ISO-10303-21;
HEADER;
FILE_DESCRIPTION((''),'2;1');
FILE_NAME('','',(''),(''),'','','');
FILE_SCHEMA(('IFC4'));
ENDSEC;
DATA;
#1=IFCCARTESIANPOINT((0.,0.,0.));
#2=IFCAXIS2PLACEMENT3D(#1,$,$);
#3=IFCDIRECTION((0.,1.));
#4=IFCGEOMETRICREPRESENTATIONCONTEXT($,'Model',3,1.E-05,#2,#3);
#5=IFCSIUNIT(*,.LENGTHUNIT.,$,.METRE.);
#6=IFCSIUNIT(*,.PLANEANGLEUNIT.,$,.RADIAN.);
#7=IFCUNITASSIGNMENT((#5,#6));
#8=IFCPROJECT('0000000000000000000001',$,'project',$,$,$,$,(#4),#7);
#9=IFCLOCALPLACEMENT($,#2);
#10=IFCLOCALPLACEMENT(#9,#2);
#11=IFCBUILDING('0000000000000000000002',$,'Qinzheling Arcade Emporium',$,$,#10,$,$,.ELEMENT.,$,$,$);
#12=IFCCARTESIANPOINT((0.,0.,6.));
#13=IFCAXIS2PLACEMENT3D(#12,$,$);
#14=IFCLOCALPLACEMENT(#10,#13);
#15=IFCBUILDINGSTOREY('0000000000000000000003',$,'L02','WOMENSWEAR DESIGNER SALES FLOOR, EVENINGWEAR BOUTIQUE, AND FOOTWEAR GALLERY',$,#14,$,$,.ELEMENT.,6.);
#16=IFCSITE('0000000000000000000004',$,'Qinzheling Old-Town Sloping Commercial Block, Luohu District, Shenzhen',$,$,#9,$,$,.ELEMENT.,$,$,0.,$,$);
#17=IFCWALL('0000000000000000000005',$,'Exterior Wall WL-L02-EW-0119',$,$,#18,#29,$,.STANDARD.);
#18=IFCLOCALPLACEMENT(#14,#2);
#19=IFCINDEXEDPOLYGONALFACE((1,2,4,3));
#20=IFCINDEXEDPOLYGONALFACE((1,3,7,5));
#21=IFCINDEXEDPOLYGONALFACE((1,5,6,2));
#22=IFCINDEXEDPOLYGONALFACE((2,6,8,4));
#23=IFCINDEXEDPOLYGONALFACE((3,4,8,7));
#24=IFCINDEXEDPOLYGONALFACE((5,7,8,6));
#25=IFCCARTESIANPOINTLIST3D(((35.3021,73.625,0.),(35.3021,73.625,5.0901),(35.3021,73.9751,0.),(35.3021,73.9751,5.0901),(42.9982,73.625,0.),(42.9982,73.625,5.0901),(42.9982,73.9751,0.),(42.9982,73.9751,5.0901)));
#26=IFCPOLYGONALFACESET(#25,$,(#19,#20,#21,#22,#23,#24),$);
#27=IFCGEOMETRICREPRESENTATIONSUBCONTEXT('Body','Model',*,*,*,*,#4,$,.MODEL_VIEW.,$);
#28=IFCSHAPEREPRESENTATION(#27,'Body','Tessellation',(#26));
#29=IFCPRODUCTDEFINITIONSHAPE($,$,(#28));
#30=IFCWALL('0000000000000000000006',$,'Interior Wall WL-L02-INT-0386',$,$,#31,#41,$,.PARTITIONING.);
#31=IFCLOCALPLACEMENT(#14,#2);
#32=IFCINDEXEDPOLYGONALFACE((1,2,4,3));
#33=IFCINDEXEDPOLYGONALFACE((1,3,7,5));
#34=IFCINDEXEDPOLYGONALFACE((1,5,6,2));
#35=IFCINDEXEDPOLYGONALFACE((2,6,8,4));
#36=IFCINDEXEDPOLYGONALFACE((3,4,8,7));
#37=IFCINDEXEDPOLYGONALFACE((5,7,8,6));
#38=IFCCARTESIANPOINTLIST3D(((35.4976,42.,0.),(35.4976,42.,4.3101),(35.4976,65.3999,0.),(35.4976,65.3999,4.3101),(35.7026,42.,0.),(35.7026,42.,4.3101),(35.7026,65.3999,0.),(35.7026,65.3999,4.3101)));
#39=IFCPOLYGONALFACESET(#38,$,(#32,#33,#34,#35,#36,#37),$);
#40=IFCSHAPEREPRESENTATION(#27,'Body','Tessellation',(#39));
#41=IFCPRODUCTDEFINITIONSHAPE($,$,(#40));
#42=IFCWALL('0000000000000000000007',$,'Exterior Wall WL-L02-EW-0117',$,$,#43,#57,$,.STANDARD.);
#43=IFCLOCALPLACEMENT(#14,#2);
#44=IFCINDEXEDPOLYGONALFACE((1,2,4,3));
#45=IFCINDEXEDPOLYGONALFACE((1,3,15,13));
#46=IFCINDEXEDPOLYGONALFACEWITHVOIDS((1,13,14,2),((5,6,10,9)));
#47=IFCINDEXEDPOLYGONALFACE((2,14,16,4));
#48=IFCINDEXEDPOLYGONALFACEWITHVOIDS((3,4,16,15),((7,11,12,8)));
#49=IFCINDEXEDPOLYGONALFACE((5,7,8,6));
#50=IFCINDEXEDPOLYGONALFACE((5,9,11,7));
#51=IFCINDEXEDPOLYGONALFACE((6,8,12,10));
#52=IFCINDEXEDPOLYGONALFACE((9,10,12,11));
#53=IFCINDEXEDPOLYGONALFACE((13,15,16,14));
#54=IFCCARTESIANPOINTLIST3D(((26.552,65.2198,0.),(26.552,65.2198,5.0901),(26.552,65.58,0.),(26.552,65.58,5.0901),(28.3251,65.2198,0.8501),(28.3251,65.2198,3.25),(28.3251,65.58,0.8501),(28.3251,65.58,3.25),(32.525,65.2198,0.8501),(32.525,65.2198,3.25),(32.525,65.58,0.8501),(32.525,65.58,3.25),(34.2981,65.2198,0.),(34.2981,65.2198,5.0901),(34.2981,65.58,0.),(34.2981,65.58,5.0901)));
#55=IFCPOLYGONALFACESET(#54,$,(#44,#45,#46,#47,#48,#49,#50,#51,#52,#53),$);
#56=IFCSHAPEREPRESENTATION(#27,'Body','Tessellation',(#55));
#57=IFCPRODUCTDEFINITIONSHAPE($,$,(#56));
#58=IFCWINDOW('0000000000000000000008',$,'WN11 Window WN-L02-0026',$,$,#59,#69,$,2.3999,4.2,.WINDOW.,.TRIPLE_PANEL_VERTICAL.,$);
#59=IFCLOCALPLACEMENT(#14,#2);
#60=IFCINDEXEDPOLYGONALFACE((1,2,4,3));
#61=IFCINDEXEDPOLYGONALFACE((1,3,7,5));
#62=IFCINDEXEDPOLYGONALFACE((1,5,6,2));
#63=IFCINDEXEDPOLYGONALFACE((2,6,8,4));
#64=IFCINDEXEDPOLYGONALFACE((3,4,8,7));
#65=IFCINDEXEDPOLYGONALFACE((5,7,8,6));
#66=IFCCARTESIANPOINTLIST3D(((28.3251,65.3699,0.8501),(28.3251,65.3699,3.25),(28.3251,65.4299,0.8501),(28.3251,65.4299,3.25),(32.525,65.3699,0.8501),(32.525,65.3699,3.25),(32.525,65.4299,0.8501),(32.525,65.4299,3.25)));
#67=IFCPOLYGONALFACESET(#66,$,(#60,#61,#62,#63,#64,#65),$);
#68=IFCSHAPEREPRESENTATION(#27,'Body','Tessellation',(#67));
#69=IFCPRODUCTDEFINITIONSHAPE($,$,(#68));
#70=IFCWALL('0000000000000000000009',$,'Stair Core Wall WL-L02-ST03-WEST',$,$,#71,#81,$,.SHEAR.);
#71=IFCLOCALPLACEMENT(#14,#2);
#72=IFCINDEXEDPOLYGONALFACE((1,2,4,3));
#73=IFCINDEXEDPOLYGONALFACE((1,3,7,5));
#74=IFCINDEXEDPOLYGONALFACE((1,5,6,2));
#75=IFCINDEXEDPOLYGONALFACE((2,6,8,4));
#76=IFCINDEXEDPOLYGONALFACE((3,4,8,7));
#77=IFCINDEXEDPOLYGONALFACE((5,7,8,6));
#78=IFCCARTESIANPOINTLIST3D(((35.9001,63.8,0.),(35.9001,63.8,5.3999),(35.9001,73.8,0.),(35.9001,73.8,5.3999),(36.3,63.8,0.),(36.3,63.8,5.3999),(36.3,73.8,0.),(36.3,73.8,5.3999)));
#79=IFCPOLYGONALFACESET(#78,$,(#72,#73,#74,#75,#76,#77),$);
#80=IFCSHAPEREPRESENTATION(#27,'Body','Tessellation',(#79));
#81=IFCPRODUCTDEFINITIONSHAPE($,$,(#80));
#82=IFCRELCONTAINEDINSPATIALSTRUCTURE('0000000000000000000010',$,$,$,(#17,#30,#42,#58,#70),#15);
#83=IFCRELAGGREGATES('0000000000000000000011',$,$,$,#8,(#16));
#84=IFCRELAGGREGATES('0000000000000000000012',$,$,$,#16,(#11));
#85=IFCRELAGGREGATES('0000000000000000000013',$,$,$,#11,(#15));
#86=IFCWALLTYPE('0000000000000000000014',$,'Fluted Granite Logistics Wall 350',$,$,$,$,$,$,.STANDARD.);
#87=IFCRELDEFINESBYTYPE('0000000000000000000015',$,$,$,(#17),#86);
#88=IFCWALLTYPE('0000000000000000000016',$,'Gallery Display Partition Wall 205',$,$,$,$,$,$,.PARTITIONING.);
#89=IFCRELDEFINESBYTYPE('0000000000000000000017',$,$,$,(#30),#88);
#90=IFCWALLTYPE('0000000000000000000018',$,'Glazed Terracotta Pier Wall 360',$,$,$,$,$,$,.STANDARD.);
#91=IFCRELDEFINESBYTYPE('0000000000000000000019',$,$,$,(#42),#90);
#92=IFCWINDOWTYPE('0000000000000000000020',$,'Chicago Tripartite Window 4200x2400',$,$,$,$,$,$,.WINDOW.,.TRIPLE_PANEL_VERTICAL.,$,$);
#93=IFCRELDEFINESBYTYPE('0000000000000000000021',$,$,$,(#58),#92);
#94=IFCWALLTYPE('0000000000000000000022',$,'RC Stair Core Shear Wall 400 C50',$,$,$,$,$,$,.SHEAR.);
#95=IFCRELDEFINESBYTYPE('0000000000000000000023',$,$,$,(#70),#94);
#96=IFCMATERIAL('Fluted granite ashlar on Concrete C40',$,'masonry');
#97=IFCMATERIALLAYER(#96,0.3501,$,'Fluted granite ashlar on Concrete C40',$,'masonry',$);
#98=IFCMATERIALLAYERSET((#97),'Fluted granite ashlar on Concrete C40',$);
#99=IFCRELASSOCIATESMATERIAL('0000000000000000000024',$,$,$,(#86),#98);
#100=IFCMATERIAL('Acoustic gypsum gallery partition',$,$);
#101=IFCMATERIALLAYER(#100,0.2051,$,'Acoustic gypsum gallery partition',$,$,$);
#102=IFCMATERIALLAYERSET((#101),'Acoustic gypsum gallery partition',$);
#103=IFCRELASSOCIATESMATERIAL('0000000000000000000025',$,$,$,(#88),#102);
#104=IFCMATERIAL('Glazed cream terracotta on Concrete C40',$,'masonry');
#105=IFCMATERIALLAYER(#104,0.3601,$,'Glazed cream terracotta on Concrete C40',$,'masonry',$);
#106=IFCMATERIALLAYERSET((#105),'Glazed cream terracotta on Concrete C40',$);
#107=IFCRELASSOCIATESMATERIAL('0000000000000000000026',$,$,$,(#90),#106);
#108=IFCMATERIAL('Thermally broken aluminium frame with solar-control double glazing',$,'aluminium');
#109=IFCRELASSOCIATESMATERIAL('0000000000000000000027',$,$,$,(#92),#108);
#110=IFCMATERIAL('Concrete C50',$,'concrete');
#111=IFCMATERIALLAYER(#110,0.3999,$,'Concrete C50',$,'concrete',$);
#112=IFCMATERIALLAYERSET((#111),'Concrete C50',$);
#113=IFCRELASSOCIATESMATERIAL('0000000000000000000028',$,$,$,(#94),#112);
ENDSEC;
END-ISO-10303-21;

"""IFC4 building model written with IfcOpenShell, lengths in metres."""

from ifc_helpers import new_model, si_unit, direction, frame, frame_2d, origin, place, context, subcontext, project, spatial, rectangle, extrude, material, layer, layer_set, type_object, element, fill, save


model = new_model("IFC4")

# Units and contexts
model_context = context("Model", 3, precision=1e-05, world=origin(), true_north=direction((0.0, 1.0)))
body_context = subcontext(model_context, "Body", "Model", "MODEL_VIEW")
ifc_project = project(units=[si_unit("LENGTHUNIT", "METRE"), si_unit("PLANEANGLEUNIT", "RADIAN")], contexts=[model_context])

# Site, building, storey
site_placement = place(None, origin())
site = spatial("IfcSite", under=ifc_project, at=site_placement, Name="Qinzheling Old-Town Sloping Commercial Block, Luohu District, Shenzhen", CompositionType="ELEMENT", RefElevation=0.0)
building_placement = place(site_placement, origin())
building = spatial("IfcBuilding", under=site, at=building_placement, Name="Qinzheling Arcade Emporium", CompositionType="ELEMENT")
storey_placement = place(building_placement, frame((0.0, 0.0, 6.0)))
storey = spatial("IfcBuildingStorey", under=building, at=storey_placement, Name="L02", Description="WOMENSWEAR DESIGNER SALES FLOOR, EVENINGWEAR BOUTIQUE, AND FOOTWEAR GALLERY", CompositionType="ELEMENT", Elevation=6.0)

# Shared definitions
ifc_material_1 = material(Name="Concrete C50", Category="concrete")

# Walls
ifc_material_2 = material(Name="Fluted granite ashlar on Concrete C40", Category="masonry")
ifc_layer_1 = layer(ifc_material_2, 0.3501, Name="Fluted granite ashlar on Concrete C40", Category="masonry")
ifc_layer_set_1 = layer_set([ifc_layer_1], Name="Fluted granite ashlar on Concrete C40")
wall_type_1 = type_object("IfcWallType", Name="Fluted Granite Logistics Wall 350", PredefinedType="STANDARD", material=ifc_layer_set_1)
wall_1_placement = place(storey_placement, frame((35.302, 73.8, 0.0), z_axis=(0.0, 0.0, 1.0), x_axis=(1.0, 0.0, 0.0)))
element("IfcWall", 1, at=wall_1_placement, inside=storey, type_object=wall_type_1, Name="Exterior Wall WL-L02-EW-0119", PredefinedType="STANDARD", context=body_context, shape_type="SweptSolid", body=[
    extrude(rectangle(XDim=7.696, YDim=0.3501, at=frame_2d((3.8481, 0.0))), origin(), (0.0, 0.0, 1.0), 5.0901),
])
ifc_material_3 = material(Name="Acoustic gypsum gallery partition")
ifc_layer_2 = layer(ifc_material_3, 0.2051, Name="Acoustic gypsum gallery partition")
ifc_layer_set_2 = layer_set([ifc_layer_2], Name="Acoustic gypsum gallery partition")
wall_type_2 = type_object("IfcWallType", Name="Gallery Display Partition Wall 205", PredefinedType="PARTITIONING", material=ifc_layer_set_2)
wall_2_placement = place(storey_placement, frame((35.6001, 65.3999, 0.0), z_axis=(0.0, 0.0, 1.0), x_axis=(0.0, -1.0, 0.0)))
element("IfcWall", 2, at=wall_2_placement, inside=storey, type_object=wall_type_2, Name="Interior Wall WL-L02-INT-0386", PredefinedType="PARTITIONING", context=body_context, shape_type="SweptSolid", body=[
    extrude(rectangle(XDim=23.3999, YDim=0.2051, at=frame_2d((11.7, 0.0))), origin(), (0.0, 0.0, 1.0), 4.3101),
])

# Wall, opening, window
ifc_material_4 = material(Name="Glazed cream terracotta on Concrete C40", Category="masonry")
ifc_layer_3 = layer(ifc_material_4, 0.3601, Name="Glazed cream terracotta on Concrete C40", Category="masonry")
ifc_layer_set_3 = layer_set([ifc_layer_3], Name="Glazed cream terracotta on Concrete C40")
wall_type_3 = type_object("IfcWallType", Name="Glazed Terracotta Pier Wall 360", PredefinedType="STANDARD", material=ifc_layer_set_3)
wall_3_placement = place(storey_placement, frame((26.552, 65.3999, 0.0), z_axis=(0.0, 0.0, 1.0), x_axis=(1.0, 0.0, 0.0)))
wall_3 = element("IfcWall", 3, at=wall_3_placement, inside=storey, type_object=wall_type_3, Name="Exterior Wall WL-L02-EW-0117", PredefinedType="STANDARD", context=body_context, shape_type="SweptSolid", body=[
    extrude(rectangle(XDim=7.7461, YDim=0.3601, at=frame_2d((3.873, 0.0))), origin(), (0.0, 0.0, 1.0), 5.0901),
])
opening_placement = place(wall_3_placement, frame((1.7729, 0.0, 0.8501)))
opening = element("IfcOpeningElement", 4, at=opening_placement, cuts=wall_3, PredefinedType="OPENING", context=body_context, shape_type="SweptSolid", body=[
    extrude(rectangle(XDim=4.2, YDim=2.3999, at=frame_2d((2.1001, 1.2))), frame((0.0, 0.1899, 0.0), z_axis=(0.0, -1.0, 0.0), x_axis=(1.0, 0.0, 0.0)), (0.0, 0.0, 1.0), 0.3801),
])
ifc_material_5 = material(Name="Thermally broken aluminium frame with solar-control double glazing", Category="aluminium")
window_type = type_object("IfcWindowType", Name="Chicago Tripartite Window 4200x2400", PartitioningType="TRIPLE_PANEL_VERTICAL", PredefinedType="WINDOW", material=ifc_material_5)
window_placement = place(opening_placement, origin())
window = element("IfcWindow", 5, at=window_placement, inside=storey, type_object=window_type, Name="WN11 Window WN-L02-0026", OverallHeight=2.3999, OverallWidth=4.2, PartitioningType="TRIPLE_PANEL_VERTICAL", PredefinedType="WINDOW", context=body_context, shape_type="SweptSolid", body=[
    extrude(rectangle(XDim=4.2, YDim=2.3999, at=frame_2d((2.1001, 1.2))), frame((0.0, 0.03, 0.0), z_axis=(0.0, -1.0, 0.0), x_axis=(1.0, 0.0, 0.0)), (0.0, 0.0, 1.0), 0.0601),
])
fill(opening, window)

# Wall
ifc_layer_4 = layer(ifc_material_1, 0.3999, Name="Concrete C50", Category="concrete")
ifc_layer_set_4 = layer_set([ifc_layer_4], Name="Concrete C50")
wall_type_4 = type_object("IfcWallType", Name="RC Stair Core Shear Wall 400 C50", PredefinedType="SHEAR", material=ifc_layer_set_4)
wall_4_placement = place(storey_placement, frame((36.1001, 63.8, 0.0), z_axis=(0.0, 0.0, 1.0), x_axis=(0.0, 1.0, 0.0)))
element("IfcWall", 6, at=wall_4_placement, inside=storey, type_object=wall_type_4, Name="Stair Core Wall WL-L02-ST03-WEST", PredefinedType="SHEAR", context=body_context, shape_type="SweptSolid", body=[
    extrude(rectangle(XDim=10.0, YDim=0.3999, at=frame_2d((5.0, 0.0))), origin(), (0.0, 0.0, 1.0), 5.3999),
])

save(model, "model.ifc")
